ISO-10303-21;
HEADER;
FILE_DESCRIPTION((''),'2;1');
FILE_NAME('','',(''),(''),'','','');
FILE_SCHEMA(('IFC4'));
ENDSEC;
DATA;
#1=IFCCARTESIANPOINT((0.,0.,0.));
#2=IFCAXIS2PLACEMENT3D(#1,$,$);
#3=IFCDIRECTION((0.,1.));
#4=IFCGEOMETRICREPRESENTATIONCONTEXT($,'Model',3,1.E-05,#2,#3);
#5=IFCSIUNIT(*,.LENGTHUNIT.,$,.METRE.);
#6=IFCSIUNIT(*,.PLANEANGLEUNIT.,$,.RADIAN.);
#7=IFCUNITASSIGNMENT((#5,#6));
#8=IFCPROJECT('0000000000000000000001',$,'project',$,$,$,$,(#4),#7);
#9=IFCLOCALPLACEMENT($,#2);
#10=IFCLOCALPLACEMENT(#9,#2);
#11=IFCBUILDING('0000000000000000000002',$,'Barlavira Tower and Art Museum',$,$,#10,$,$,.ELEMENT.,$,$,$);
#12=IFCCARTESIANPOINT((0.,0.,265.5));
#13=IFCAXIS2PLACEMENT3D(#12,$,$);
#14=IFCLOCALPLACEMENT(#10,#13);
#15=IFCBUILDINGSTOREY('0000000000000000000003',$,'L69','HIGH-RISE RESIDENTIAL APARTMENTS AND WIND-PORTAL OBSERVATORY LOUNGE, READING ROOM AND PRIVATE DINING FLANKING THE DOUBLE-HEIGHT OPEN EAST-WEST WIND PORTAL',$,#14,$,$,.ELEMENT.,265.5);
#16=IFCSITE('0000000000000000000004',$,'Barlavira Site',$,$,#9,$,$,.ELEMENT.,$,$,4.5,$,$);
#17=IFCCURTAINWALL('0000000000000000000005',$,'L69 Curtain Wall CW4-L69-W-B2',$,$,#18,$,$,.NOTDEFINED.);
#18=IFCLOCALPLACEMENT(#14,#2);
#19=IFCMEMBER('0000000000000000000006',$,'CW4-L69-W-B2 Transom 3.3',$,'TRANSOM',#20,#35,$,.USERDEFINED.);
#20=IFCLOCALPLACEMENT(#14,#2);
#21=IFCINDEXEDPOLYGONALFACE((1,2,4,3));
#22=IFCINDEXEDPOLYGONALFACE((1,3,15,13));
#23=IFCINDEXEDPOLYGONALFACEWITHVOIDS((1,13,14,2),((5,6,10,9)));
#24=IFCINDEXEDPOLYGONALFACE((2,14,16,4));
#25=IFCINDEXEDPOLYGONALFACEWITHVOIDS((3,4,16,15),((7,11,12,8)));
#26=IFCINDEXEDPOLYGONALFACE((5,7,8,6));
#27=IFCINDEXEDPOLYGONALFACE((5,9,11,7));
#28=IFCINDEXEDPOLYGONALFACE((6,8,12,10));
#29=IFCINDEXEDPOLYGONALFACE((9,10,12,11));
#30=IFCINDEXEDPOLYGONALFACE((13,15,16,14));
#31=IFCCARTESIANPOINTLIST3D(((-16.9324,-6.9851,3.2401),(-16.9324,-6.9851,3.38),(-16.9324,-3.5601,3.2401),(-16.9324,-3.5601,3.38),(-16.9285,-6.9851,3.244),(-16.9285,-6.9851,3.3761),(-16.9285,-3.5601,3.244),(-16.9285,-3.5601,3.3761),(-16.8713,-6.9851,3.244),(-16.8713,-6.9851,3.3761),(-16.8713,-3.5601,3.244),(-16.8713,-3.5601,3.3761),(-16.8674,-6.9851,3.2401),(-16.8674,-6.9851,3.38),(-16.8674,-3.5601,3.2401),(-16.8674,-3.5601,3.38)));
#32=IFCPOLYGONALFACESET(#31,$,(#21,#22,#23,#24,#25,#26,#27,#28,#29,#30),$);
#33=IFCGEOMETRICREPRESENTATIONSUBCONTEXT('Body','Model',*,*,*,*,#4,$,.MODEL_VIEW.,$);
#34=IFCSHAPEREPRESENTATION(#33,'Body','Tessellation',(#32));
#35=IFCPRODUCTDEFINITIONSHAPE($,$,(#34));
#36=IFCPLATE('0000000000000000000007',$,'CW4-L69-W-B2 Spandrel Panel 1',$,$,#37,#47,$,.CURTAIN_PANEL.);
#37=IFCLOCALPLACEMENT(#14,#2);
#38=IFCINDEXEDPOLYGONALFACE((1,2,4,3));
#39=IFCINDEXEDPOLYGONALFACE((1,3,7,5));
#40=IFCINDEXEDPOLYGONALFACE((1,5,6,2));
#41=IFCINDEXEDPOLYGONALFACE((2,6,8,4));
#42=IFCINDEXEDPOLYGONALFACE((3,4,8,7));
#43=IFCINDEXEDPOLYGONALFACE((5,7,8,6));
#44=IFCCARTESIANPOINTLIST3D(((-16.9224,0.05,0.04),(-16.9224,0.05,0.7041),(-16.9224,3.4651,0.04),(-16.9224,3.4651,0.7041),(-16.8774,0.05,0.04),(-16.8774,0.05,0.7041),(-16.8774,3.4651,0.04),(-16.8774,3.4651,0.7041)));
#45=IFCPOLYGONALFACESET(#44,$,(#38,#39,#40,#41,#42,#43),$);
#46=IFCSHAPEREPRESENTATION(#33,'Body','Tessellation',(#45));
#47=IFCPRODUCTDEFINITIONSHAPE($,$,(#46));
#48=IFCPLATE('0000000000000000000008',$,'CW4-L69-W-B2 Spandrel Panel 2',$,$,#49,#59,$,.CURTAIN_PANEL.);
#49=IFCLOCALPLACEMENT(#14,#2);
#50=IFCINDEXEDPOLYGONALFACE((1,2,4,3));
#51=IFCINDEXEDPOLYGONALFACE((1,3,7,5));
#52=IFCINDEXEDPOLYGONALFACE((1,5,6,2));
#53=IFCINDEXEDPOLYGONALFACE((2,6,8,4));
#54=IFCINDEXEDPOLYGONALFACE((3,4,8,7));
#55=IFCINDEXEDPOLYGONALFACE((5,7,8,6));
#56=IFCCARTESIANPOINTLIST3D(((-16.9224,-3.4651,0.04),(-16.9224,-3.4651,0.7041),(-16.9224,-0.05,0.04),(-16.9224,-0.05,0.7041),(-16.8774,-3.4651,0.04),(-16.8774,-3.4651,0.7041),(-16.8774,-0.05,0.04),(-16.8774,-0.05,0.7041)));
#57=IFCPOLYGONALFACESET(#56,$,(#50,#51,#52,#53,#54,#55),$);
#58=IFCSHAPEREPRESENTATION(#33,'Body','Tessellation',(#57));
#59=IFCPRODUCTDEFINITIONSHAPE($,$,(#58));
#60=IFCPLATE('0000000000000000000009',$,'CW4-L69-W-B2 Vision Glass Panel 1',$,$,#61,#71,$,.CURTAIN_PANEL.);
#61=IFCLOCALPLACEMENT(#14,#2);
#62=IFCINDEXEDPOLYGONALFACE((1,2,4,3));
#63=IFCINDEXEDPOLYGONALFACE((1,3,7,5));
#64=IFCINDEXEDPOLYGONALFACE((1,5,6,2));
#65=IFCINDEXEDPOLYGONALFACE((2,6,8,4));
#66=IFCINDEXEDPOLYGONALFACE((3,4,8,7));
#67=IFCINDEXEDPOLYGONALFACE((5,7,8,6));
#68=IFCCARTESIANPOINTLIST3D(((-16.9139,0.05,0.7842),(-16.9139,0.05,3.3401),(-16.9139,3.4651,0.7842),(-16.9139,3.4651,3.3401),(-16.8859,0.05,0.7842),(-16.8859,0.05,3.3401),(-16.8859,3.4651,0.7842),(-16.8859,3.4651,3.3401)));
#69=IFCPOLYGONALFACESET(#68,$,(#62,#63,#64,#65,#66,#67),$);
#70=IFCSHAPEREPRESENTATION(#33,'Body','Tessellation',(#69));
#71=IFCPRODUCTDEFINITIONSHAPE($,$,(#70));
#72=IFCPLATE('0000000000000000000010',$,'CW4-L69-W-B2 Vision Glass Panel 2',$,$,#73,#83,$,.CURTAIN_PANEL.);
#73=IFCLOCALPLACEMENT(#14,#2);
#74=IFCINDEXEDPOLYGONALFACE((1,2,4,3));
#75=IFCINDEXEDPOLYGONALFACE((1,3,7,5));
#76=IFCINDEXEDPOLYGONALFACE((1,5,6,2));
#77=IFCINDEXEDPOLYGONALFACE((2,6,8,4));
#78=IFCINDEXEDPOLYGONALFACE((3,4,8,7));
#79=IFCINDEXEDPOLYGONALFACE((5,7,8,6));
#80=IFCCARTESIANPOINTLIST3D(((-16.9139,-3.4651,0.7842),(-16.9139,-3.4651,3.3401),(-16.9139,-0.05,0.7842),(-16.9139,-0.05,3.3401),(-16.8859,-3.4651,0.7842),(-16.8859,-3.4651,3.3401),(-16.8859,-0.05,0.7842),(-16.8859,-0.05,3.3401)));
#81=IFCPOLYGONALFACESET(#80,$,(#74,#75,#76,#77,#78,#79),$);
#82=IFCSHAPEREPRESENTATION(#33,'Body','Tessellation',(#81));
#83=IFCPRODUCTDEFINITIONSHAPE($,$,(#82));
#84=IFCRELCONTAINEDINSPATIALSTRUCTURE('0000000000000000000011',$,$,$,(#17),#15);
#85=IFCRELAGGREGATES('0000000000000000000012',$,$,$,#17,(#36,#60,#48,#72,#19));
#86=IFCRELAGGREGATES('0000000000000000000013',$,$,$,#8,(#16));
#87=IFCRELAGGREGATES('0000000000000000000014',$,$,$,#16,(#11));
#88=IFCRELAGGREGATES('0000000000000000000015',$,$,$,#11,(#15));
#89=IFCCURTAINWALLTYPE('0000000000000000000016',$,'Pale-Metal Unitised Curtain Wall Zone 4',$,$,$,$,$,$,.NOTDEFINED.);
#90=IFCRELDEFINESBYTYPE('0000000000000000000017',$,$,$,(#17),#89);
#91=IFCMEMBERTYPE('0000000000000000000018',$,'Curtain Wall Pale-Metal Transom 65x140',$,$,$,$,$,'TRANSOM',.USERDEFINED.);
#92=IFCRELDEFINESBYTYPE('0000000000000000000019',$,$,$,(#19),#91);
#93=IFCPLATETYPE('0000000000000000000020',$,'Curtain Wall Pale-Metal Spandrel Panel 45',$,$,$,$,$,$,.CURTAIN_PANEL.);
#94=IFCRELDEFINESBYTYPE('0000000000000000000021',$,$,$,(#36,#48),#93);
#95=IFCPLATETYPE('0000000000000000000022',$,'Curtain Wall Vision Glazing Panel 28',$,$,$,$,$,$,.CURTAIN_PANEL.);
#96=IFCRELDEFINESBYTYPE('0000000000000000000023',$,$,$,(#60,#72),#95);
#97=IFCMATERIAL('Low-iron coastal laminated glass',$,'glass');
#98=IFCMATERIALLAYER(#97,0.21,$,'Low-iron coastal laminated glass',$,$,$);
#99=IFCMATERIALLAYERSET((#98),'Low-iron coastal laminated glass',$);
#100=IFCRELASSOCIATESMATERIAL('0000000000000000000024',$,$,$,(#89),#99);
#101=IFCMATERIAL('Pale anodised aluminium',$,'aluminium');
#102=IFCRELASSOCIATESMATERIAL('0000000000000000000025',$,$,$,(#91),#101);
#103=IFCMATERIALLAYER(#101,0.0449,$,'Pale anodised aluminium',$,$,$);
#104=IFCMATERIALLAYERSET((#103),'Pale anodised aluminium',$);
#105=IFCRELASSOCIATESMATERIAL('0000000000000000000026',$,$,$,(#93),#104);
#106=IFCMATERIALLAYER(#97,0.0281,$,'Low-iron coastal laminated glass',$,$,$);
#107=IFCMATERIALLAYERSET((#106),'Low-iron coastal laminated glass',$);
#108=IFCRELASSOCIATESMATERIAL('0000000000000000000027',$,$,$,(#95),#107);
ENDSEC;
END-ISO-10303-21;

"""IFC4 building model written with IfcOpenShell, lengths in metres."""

from ifc_helpers import new_model, si_unit, direction, frame, origin, origin_2d, place, context, subcontext, project, spatial, rectangle, hollow_rectangle, extrude, material, layer, layer_set, material_profile, profile_set, type_object, element, aggregate, save


model = new_model("IFC4")

# Units and contexts
model_context = context("Model", 3, precision=1e-05, world=origin(), true_north=direction((0.0, 1.0)))
body_context = subcontext(model_context, "Body", "Model", "MODEL_VIEW")
ifc_project = project(units=[si_unit("LENGTHUNIT", "METRE"), si_unit("PLANEANGLEUNIT", "RADIAN")], contexts=[model_context])

# Site, building, storey
site_placement = place(None, origin())
site = spatial("IfcSite", under=ifc_project, at=site_placement, Name="Barlavira Site", CompositionType="ELEMENT", RefElevation=4.5)
building_placement = place(site_placement, origin())
building = spatial("IfcBuilding", under=site, at=building_placement, Name="Barlavira Tower and Art Museum", CompositionType="ELEMENT")
storey_placement = place(building_placement, frame((0.0, 0.0, 265.5)))
storey = spatial("IfcBuildingStorey", under=building, at=storey_placement, Name="L69", Description="HIGH-RISE RESIDENTIAL APARTMENTS AND WIND-PORTAL OBSERVATORY LOUNGE, READING ROOM AND PRIVATE DINING FLANKING THE DOUBLE-HEIGHT OPEN EAST-WEST WIND PORTAL", CompositionType="ELEMENT", Elevation=265.5)

# Curtain wall, member, plates
ifc_material_1 = material(Name="Low-iron coastal laminated glass", Category="glass")
ifc_layer_1 = layer(ifc_material_1, 0.21, Name="Low-iron coastal laminated glass")
ifc_layer_set_1 = layer_set([ifc_layer_1], Name="Low-iron coastal laminated glass")
curtain_wall_type = type_object("IfcCurtainWallType", Name="Pale-Metal Unitised Curtain Wall Zone 4", PredefinedType="NOTDEFINED", material=ifc_layer_set_1)
curtain_wall_placement = place(storey_placement, origin())
curtain_wall = element("IfcCurtainWall", 1, at=curtain_wall_placement, inside=storey, type_object=curtain_wall_type, Name="L69 Curtain Wall CW4-L69-W-B2", PredefinedType="NOTDEFINED")
ifc_material_2 = material(Name="Pale anodised aluminium", Category="aluminium")
ifc_material_profile_1 = material_profile(ifc_material_2, hollow_rectangle(XDim=0.0649, YDim=0.1399, WallThickness=0.0039, at=origin_2d()), Name="ALU-TRAN 65x140x4")
ifc_profile_set_1 = profile_set([ifc_material_profile_1], Name="Pale anodised aluminium")
member_type_1 = type_object("IfcMemberType", Name="Curtain Wall Pale-Metal Transom 65x140", ElementType="TRANSOM", PredefinedType="USERDEFINED", material=ifc_profile_set_1)
member_1_placement = place(storey_placement, frame((-16.8999, -3.5601, 3.3101), z_axis=(0.0, -1.0, 0.0), x_axis=(1.0, 0.0, 0.0)))
member_1 = element("IfcMember", 2, at=member_1_placement, type_object=member_type_1, Name="CW4-L69-W-B2 Transom 3.3", ObjectType="TRANSOM", PredefinedType="USERDEFINED", context=body_context, shape_type="SweptSolid", body=[
    extrude(hollow_rectangle(XDim=0.0649, YDim=0.1399, WallThickness=0.0039, at=origin_2d()), origin(), (0.0, 0.0, 1.0), 3.425),
])
ifc_layer_2 = layer(ifc_material_2, 0.0449, Name="Pale anodised aluminium")
ifc_layer_set_2 = layer_set([ifc_layer_2], Name="Pale anodised aluminium")
plate_type_1 = type_object("IfcPlateType", Name="Curtain Wall Pale-Metal Spandrel Panel 45", PredefinedType="CURTAIN_PANEL", material=ifc_layer_set_2)
plate_1_placement = place(storey_placement, frame((-16.8999, 1.7576, 0.04), z_axis=(0.0, 0.0, 1.0), x_axis=(0.0, -1.0, 0.0)))
plate_1 = element("IfcPlate", 3, at=plate_1_placement, type_object=plate_type_1, Name="CW4-L69-W-B2 Spandrel Panel 1", PredefinedType="CURTAIN_PANEL", context=body_context, shape_type="SweptSolid", body=[
    extrude(rectangle(XDim=3.415, YDim=0.0449, at=origin_2d()), origin(), (0.0, 0.0, 1.0), 0.6641),
])
plate_2_placement = place(storey_placement, frame((-16.8999, -1.7576, 0.04), z_axis=(0.0, 0.0, 1.0), x_axis=(0.0, -1.0, 0.0)))
plate_2 = element("IfcPlate", 4, at=plate_2_placement, type_object=plate_type_1, Name="CW4-L69-W-B2 Spandrel Panel 2", PredefinedType="CURTAIN_PANEL", context=body_context, shape_type="SweptSolid", body=[
    extrude(rectangle(XDim=3.415, YDim=0.0449, at=origin_2d()), origin(), (0.0, 0.0, 1.0), 0.6641),
])
ifc_layer_3 = layer(ifc_material_1, 0.0281, Name="Low-iron coastal laminated glass")
ifc_layer_set_3 = layer_set([ifc_layer_3], Name="Low-iron coastal laminated glass")
plate_type_2 = type_object("IfcPlateType", Name="Curtain Wall Vision Glazing Panel 28", PredefinedType="CURTAIN_PANEL", material=ifc_layer_set_3)
plate_3_placement = place(storey_placement, frame((-16.8999, 1.7576, 0.7842), z_axis=(0.0, 0.0, 1.0), x_axis=(0.0, -1.0, 0.0)))
plate_3 = element("IfcPlate", 5, at=plate_3_placement, type_object=plate_type_2, Name="CW4-L69-W-B2 Vision Glass Panel 1", PredefinedType="CURTAIN_PANEL", context=body_context, shape_type="SweptSolid", body=[
    extrude(rectangle(XDim=3.415, YDim=0.0281, at=origin_2d()), origin(), (0.0, 0.0, 1.0), 2.5559),
])
plate_4_placement = place(storey_placement, frame((-16.8999, -1.7576, 0.7842), z_axis=(0.0, 0.0, 1.0), x_axis=(0.0, -1.0, 0.0)))
plate_4 = element("IfcPlate", 6, at=plate_4_placement, type_object=plate_type_2, Name="CW4-L69-W-B2 Vision Glass Panel 2", PredefinedType="CURTAIN_PANEL", context=body_context, shape_type="SweptSolid", body=[
    extrude(rectangle(XDim=3.415, YDim=0.0281, at=origin_2d()), origin(), (0.0, 0.0, 1.0), 2.5559),
])
aggregate(curtain_wall, [plate_1, plate_3, plate_2, plate_4, member_1])

save(model, "model.ifc")
